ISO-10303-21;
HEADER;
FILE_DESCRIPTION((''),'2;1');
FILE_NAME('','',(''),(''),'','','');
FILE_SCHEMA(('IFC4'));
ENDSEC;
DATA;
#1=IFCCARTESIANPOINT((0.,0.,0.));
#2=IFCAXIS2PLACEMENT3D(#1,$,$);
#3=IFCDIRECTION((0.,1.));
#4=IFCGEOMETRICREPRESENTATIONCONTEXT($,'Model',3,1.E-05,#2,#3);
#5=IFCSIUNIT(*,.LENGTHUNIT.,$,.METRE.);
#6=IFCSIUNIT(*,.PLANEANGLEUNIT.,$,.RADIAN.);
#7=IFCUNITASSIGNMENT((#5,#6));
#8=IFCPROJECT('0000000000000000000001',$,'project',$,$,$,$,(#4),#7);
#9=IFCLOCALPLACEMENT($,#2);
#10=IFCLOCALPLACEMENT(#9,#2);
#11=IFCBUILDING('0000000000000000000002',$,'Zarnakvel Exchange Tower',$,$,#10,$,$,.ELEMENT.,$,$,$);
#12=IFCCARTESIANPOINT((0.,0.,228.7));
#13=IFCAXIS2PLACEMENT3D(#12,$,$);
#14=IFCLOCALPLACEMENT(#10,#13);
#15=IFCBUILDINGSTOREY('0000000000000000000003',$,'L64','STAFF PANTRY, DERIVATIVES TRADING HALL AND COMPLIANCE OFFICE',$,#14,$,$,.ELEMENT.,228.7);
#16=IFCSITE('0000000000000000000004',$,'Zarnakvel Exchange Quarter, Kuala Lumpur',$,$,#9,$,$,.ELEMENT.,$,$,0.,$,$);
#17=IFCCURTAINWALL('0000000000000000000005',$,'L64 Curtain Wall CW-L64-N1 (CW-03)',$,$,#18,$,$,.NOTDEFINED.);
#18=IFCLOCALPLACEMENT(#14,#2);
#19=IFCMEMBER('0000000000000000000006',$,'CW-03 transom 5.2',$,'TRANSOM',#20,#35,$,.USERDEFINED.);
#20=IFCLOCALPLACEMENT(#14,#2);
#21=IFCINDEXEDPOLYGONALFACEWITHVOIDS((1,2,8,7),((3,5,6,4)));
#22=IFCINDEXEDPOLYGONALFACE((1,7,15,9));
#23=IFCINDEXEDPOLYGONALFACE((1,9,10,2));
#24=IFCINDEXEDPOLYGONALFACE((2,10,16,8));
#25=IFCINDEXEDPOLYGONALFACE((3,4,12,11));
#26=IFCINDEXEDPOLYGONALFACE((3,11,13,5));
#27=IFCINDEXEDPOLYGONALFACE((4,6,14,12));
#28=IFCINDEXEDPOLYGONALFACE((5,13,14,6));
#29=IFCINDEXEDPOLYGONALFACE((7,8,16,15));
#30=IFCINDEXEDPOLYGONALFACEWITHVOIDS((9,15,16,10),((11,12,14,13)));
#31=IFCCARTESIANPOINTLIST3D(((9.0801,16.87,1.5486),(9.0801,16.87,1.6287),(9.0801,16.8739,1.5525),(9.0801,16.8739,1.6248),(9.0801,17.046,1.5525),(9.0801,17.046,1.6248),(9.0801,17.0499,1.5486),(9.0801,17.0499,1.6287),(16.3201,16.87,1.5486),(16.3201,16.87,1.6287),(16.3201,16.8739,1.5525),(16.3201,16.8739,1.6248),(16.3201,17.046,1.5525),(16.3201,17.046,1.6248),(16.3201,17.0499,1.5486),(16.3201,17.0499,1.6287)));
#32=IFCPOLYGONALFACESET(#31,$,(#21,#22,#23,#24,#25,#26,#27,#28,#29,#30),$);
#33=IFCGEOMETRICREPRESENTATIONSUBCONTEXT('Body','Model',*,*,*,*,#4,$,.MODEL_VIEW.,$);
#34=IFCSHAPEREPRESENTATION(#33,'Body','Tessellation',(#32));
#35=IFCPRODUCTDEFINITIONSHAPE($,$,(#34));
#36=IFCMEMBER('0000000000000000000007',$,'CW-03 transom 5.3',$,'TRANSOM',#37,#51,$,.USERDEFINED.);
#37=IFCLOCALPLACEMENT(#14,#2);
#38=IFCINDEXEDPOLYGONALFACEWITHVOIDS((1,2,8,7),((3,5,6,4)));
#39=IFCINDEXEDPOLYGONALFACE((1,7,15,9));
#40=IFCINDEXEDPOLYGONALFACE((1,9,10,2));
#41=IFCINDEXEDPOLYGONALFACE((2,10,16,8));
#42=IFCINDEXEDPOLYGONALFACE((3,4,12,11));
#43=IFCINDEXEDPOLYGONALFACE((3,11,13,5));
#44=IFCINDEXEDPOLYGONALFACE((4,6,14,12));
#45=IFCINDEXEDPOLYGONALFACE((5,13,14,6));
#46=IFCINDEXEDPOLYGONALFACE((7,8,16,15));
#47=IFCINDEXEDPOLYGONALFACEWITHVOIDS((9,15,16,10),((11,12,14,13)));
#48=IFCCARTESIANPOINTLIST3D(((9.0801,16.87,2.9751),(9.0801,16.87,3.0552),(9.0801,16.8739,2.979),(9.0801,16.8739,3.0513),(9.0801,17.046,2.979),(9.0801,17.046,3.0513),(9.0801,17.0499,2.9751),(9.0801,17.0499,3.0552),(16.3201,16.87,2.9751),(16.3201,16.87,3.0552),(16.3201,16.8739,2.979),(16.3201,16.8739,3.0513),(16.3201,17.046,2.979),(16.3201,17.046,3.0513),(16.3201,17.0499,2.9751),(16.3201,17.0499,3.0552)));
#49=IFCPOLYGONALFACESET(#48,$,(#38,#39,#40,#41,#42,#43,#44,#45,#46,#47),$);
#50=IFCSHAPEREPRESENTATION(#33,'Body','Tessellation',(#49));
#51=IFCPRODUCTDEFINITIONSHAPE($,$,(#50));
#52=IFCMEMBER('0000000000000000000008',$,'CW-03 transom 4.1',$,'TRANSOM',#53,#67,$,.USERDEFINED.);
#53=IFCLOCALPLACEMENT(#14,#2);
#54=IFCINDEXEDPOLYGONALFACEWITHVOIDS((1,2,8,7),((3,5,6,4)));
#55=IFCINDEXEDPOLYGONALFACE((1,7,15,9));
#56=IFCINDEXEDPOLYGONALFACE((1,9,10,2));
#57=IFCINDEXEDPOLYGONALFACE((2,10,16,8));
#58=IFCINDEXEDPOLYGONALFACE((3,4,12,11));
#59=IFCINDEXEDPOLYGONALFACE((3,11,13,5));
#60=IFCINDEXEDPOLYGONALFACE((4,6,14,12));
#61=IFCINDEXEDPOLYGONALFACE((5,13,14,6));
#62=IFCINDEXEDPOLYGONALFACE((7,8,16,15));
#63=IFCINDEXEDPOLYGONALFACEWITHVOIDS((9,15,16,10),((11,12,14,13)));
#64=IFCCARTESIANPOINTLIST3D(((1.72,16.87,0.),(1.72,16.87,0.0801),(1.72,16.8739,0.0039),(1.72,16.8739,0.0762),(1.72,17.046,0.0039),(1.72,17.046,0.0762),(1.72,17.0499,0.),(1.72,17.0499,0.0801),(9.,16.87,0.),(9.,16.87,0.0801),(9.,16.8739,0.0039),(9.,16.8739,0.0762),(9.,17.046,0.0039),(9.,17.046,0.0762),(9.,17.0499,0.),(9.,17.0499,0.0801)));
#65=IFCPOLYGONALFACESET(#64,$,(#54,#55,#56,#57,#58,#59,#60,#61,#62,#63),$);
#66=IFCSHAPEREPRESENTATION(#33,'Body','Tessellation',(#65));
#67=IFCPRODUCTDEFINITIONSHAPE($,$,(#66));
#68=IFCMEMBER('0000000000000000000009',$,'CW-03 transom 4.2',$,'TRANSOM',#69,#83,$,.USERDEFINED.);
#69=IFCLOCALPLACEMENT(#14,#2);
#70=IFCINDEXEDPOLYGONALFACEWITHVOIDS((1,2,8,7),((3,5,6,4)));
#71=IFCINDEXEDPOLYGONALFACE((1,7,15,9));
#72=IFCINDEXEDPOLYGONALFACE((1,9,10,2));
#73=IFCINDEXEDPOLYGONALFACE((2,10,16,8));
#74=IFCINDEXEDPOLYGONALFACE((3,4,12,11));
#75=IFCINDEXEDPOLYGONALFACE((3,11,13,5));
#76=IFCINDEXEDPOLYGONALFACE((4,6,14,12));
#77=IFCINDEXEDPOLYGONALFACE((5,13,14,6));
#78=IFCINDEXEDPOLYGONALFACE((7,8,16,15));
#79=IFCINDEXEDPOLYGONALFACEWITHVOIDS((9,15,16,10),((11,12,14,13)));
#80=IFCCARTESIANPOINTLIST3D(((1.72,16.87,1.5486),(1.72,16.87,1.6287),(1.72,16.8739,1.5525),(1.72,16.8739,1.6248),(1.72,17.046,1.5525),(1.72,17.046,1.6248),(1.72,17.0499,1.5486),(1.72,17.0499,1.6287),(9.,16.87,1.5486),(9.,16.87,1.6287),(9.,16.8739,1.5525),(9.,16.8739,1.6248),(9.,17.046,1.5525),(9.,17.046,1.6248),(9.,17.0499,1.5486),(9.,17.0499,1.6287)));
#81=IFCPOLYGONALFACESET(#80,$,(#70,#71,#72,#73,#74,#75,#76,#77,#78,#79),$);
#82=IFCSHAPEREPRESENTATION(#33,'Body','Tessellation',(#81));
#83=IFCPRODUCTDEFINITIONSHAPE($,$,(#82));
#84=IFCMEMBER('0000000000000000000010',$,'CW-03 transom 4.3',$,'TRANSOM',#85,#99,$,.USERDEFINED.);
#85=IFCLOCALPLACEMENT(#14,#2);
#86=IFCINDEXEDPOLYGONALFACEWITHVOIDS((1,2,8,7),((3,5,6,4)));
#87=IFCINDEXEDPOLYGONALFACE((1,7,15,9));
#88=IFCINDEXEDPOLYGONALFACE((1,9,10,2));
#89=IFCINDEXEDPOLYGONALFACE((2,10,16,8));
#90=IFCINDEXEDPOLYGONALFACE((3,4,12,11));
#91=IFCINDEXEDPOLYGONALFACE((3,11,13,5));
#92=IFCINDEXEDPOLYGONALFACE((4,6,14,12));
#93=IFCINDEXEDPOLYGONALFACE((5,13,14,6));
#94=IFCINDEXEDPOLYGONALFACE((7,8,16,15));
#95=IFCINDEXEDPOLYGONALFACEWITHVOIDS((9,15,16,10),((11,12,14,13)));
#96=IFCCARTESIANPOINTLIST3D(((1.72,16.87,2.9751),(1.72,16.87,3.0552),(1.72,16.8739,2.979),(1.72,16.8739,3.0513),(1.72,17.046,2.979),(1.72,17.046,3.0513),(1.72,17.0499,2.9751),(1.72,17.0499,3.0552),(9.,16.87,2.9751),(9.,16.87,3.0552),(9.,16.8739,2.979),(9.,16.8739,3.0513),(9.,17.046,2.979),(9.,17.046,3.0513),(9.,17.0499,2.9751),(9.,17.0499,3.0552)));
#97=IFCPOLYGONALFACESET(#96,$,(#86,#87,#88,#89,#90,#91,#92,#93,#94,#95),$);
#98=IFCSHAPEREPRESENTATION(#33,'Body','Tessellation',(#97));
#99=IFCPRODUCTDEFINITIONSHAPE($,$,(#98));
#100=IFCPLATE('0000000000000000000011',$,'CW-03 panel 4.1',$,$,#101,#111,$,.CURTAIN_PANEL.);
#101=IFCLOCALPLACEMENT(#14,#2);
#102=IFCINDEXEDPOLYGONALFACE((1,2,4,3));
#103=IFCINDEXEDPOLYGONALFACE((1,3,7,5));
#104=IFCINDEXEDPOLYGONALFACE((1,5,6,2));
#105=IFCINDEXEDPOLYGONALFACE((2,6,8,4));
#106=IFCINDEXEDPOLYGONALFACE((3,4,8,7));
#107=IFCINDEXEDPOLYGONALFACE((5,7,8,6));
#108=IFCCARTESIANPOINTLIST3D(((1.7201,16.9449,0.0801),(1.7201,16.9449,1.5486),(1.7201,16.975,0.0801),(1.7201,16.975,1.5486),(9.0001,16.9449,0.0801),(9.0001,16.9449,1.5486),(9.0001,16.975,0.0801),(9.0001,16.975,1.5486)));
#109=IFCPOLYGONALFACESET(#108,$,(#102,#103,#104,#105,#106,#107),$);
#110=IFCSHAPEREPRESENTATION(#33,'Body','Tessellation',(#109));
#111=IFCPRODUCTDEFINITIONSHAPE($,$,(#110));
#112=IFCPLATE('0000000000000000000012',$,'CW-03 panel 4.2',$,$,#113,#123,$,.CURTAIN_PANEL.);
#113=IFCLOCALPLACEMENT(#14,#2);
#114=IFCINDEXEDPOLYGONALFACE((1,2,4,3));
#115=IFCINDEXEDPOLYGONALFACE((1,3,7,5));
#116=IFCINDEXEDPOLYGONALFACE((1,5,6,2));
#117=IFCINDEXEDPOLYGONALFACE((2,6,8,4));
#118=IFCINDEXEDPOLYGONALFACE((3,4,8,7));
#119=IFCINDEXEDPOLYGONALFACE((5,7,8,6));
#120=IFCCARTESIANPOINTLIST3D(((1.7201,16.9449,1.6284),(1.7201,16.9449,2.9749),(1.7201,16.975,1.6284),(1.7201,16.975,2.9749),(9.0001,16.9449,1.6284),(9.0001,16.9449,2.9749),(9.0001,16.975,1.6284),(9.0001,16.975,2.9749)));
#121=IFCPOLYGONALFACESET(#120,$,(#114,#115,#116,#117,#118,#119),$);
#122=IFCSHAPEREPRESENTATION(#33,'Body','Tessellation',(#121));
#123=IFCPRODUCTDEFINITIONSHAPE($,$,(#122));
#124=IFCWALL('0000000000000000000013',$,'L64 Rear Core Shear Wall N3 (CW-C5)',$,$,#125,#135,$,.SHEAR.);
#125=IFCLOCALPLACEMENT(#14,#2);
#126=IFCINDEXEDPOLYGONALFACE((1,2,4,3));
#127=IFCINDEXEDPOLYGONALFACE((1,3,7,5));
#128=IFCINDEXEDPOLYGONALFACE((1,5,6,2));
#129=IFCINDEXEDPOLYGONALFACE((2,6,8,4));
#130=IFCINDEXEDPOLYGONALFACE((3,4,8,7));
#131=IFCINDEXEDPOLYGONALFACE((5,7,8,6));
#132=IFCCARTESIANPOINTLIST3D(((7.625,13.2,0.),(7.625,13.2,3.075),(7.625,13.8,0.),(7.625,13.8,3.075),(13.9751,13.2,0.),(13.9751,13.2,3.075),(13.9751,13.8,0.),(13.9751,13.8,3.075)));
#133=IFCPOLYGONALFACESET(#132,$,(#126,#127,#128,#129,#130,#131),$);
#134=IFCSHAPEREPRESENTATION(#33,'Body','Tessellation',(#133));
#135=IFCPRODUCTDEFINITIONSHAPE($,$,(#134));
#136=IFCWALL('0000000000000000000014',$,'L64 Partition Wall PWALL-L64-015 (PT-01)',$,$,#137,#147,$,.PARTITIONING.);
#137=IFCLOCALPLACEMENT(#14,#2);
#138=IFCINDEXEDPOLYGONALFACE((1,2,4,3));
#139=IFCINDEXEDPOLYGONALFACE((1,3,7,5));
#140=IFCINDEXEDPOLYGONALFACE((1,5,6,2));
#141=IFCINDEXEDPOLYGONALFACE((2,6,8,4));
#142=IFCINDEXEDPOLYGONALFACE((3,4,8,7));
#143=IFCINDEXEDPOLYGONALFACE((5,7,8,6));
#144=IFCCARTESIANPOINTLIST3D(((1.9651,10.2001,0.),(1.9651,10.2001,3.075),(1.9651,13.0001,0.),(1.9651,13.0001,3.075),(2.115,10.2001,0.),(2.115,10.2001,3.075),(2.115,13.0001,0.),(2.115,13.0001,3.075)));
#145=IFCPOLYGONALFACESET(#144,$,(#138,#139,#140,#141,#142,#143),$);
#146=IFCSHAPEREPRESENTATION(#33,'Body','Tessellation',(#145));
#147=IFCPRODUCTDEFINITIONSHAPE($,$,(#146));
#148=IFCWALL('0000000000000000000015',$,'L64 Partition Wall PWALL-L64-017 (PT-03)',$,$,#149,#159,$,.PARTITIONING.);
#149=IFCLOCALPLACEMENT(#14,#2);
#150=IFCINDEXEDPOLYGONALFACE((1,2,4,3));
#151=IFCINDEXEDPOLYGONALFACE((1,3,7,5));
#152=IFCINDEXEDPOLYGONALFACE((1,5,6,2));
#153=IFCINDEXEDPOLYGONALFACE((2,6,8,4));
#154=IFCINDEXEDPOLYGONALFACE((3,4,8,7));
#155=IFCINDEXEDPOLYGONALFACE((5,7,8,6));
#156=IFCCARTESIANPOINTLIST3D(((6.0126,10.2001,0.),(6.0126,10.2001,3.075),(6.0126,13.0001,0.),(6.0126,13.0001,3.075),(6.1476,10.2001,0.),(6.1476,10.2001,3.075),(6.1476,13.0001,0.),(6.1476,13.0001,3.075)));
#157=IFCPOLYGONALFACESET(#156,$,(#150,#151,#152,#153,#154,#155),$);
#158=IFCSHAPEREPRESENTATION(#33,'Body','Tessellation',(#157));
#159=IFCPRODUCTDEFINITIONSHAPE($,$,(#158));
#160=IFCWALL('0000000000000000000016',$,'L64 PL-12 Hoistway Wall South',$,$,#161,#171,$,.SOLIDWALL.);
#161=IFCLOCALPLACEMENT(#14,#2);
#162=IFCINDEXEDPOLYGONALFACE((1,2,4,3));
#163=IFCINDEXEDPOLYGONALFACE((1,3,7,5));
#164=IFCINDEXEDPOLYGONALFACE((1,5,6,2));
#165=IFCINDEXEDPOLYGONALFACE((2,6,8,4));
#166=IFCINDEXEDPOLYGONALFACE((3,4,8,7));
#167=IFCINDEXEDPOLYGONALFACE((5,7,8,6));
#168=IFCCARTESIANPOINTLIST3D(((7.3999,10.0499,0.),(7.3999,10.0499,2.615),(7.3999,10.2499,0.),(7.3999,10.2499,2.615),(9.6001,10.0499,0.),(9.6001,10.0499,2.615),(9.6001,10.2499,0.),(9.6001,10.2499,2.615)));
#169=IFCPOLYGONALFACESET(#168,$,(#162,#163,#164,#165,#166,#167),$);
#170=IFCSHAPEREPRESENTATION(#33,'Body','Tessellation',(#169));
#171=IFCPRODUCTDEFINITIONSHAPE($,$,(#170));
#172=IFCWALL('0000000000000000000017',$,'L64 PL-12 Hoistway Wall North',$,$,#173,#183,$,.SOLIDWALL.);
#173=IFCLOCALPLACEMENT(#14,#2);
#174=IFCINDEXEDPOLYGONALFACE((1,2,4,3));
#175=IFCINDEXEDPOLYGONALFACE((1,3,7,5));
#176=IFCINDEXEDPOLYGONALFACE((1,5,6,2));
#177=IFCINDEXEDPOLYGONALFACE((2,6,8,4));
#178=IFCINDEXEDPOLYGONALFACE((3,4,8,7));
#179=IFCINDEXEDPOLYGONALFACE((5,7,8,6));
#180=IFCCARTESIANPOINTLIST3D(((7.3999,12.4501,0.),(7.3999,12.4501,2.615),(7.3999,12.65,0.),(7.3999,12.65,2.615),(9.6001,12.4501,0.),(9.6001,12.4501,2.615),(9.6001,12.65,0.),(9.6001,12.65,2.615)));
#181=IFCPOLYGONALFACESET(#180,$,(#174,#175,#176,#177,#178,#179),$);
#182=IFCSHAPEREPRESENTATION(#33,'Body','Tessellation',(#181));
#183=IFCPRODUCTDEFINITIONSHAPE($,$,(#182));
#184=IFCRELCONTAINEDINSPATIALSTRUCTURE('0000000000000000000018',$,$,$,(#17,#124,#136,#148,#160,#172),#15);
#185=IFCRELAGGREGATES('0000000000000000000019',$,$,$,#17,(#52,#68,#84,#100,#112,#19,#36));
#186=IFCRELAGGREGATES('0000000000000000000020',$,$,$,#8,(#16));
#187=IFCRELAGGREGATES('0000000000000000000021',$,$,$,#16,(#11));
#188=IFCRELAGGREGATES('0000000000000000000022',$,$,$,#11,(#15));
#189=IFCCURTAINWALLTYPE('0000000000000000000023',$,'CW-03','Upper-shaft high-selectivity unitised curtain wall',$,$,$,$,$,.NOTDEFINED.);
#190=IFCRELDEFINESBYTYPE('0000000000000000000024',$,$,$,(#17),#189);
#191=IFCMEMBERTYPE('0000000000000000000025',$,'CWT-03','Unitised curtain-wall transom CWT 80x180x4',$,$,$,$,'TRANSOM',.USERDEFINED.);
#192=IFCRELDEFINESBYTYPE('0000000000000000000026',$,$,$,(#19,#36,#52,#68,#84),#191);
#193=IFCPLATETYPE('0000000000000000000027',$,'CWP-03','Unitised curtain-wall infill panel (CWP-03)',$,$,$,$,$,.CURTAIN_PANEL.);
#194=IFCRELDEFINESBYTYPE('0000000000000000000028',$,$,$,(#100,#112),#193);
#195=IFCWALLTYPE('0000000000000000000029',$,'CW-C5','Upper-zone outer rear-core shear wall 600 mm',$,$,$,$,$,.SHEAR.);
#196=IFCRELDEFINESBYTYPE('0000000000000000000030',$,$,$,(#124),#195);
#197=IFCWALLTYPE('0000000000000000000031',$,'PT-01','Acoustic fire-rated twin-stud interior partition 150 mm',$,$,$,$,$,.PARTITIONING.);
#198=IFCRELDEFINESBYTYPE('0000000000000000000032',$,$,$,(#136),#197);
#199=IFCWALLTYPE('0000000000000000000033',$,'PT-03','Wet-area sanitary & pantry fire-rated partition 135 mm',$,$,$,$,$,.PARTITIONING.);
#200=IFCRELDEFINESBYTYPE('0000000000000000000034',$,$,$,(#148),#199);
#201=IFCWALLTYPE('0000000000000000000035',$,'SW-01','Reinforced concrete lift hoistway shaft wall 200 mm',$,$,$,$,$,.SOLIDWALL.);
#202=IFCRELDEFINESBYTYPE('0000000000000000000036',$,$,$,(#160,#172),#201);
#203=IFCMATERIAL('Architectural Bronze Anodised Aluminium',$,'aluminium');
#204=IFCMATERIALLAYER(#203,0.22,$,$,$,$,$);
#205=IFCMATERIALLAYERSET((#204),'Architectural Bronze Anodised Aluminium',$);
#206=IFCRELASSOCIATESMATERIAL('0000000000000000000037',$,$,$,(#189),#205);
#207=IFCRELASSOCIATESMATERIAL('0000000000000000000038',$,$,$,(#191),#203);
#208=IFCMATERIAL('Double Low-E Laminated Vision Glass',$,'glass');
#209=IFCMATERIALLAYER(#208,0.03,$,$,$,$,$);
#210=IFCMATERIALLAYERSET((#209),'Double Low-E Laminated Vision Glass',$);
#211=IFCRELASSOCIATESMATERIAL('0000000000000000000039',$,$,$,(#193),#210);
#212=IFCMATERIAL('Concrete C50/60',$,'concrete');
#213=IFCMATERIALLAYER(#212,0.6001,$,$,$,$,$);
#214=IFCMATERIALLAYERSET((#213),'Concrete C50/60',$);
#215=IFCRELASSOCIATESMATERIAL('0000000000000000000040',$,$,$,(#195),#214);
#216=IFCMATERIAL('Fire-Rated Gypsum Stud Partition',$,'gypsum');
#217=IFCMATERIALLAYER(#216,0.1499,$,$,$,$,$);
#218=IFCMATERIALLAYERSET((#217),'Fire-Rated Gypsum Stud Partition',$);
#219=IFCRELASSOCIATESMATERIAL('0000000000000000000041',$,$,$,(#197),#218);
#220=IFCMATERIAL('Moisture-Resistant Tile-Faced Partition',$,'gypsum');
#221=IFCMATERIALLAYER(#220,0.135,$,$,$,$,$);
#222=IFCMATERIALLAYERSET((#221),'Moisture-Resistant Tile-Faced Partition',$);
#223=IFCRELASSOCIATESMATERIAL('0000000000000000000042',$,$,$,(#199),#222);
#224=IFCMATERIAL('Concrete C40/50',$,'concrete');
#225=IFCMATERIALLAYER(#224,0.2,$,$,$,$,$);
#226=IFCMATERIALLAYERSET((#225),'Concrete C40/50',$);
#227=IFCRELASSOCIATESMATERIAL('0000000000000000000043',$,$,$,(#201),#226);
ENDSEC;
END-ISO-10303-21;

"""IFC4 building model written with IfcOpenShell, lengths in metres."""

from ifc_helpers import new_model, si_unit, direction, frame, frame_2d, origin, origin_2d, place, context, subcontext, project, spatial, rectangle, hollow_rectangle, extrude, source, transform, mapped, material, layer, layer_set, material_profile, profile_set, type_object, element, aggregate, save


model = new_model("IFC4")

# Units and contexts
model_context = context("Model", 3, precision=1e-05, world=origin(), true_north=direction((0.0, 1.0)))
body_context = subcontext(model_context, "Body", "Model", "MODEL_VIEW")
ifc_project = project(units=[si_unit("LENGTHUNIT", "METRE"), si_unit("PLANEANGLEUNIT", "RADIAN")], contexts=[model_context])

# Site, building, storey
site_placement = place(None, origin())
site = spatial("IfcSite", under=ifc_project, at=site_placement, Name="Zarnakvel Exchange Quarter, Kuala Lumpur", CompositionType="ELEMENT", RefElevation=0.0)
building_placement = place(site_placement, origin())
building = spatial("IfcBuilding", under=site, at=building_placement, Name="Zarnakvel Exchange Tower", CompositionType="ELEMENT")
storey_placement = place(building_placement, frame((0.0, 0.0, 228.7)))
storey = spatial("IfcBuildingStorey", under=building, at=storey_placement, Name="L64", Description="STAFF PANTRY, DERIVATIVES TRADING HALL AND COMPLIANCE OFFICE", CompositionType="ELEMENT", Elevation=228.7)

# Shared definitions
ifc_material_1 = material(Name="Concrete C50/60", Category="concrete")

# Curtain wall, members, plates
ifc_material_2 = material(Name="Architectural Bronze Anodised Aluminium", Category="aluminium")
ifc_layer_1 = layer(ifc_material_2, 0.22)
ifc_layer_set_1 = layer_set([ifc_layer_1], Name="Architectural Bronze Anodised Aluminium")
curtain_wall_type = type_object("IfcCurtainWallType", Name="CW-03", Description="Upper-shaft high-selectivity unitised curtain wall", PredefinedType="NOTDEFINED", material=ifc_layer_set_1)
curtain_wall_placement = place(storey_placement, origin())
curtain_wall = element("IfcCurtainWall", 1, at=curtain_wall_placement, inside=storey, type_object=curtain_wall_type, Name="L64 Curtain Wall CW-L64-N1 (CW-03)", PredefinedType="NOTDEFINED")
ifc_material_profile_1 = material_profile(ifc_material_2, hollow_rectangle(XDim=0.1799, YDim=0.0801, WallThickness=0.0039, at=origin_2d()))
ifc_profile_set_1 = profile_set([ifc_material_profile_1], Name="Architectural Bronze Anodised Aluminium")
member_type_1 = type_object("IfcMemberType", Name="CWT-03", Description="Unitised curtain-wall transom CWT 80x180x4", ElementType="TRANSOM", PredefinedType="USERDEFINED", material=ifc_profile_set_1)
shared_shape_1 = source(origin(), body_context, "Body", "SweptSolid", [
    extrude(hollow_rectangle(XDim=0.1799, YDim=0.0801, WallThickness=0.0039, at=origin_2d()), origin(), (0.0, 0.0, 1.0), 7.24),
])
member_1_placement = place(storey_placement, frame((9.0801, 16.96, 1.5886), z_axis=(1.0, 0.0, 0.0), x_axis=(0.0, 1.0, 0.0)))
member_1 = element("IfcMember", 2, at=member_1_placement, type_object=member_type_1, Name="CW-03 transom 5.2", ObjectType="TRANSOM", PredefinedType="USERDEFINED", context=body_context, shape_type="MappedRepresentation", body=[
    mapped(shared_shape_1, transform((0.0, 0.0, 0.0), x_axis=(1.0, 0.0, 0.0), y_axis=(0.0, 1.0, 0.0), z_axis=(0.0, 0.0, 1.0), scale=1.0)),
])
member_2_placement = place(storey_placement, frame((9.0801, 16.96, 3.0151), z_axis=(1.0, 0.0, 0.0), x_axis=(0.0, 1.0, 0.0)))
member_2 = element("IfcMember", 3, at=member_2_placement, type_object=member_type_1, Name="CW-03 transom 5.3", ObjectType="TRANSOM", PredefinedType="USERDEFINED", context=body_context, shape_type="MappedRepresentation", body=[
    mapped(shared_shape_1, transform((0.0, 0.0, 0.0), x_axis=(1.0, 0.0, 0.0), y_axis=(0.0, 1.0, 0.0), z_axis=(0.0, 0.0, 1.0), scale=1.0)),
])
shared_shape_2 = source(origin(), body_context, "Body", "SweptSolid", [
    extrude(hollow_rectangle(XDim=0.1799, YDim=0.0801, WallThickness=0.0039, at=origin_2d()), origin(), (0.0, 0.0, 1.0), 7.28),
])
member_3_placement = place(storey_placement, frame((1.72, 16.96, 0.04), z_axis=(1.0, 0.0, 0.0), x_axis=(0.0, 1.0, 0.0)))
member_3 = element("IfcMember", 4, at=member_3_placement, type_object=member_type_1, Name="CW-03 transom 4.1", ObjectType="TRANSOM", PredefinedType="USERDEFINED", context=body_context, shape_type="MappedRepresentation", body=[
    mapped(shared_shape_2, transform((0.0, 0.0, 0.0), x_axis=(1.0, 0.0, 0.0), y_axis=(0.0, 1.0, 0.0), z_axis=(0.0, 0.0, 1.0), scale=1.0)),
])
member_4_placement = place(storey_placement, frame((1.72, 16.96, 1.5886), z_axis=(1.0, 0.0, 0.0), x_axis=(0.0, 1.0, 0.0)))
member_4 = element("IfcMember", 5, at=member_4_placement, type_object=member_type_1, Name="CW-03 transom 4.2", ObjectType="TRANSOM", PredefinedType="USERDEFINED", context=body_context, shape_type="MappedRepresentation", body=[
    mapped(shared_shape_2, transform((0.0, 0.0, 0.0), x_axis=(1.0, 0.0, 0.0), y_axis=(0.0, 1.0, 0.0), z_axis=(0.0, 0.0, 1.0), scale=1.0)),
])
member_5_placement = place(storey_placement, frame((1.72, 16.96, 3.0151), z_axis=(1.0, 0.0, 0.0), x_axis=(0.0, 1.0, 0.0)))
member_5 = element("IfcMember", 6, at=member_5_placement, type_object=member_type_1, Name="CW-03 transom 4.3", ObjectType="TRANSOM", PredefinedType="USERDEFINED", context=body_context, shape_type="MappedRepresentation", body=[
    mapped(shared_shape_2, transform((0.0, 0.0, 0.0), x_axis=(1.0, 0.0, 0.0), y_axis=(0.0, 1.0, 0.0), z_axis=(0.0, 0.0, 1.0), scale=1.0)),
])
ifc_material_3 = material(Name="Double Low-E Laminated Vision Glass", Category="glass")
ifc_layer_2 = layer(ifc_material_3, 0.03)
ifc_layer_set_2 = layer_set([ifc_layer_2], Name="Double Low-E Laminated Vision Glass")
plate_type = type_object("IfcPlateType", Name="CWP-03", Description="Unitised curtain-wall infill panel (CWP-03)", PredefinedType="CURTAIN_PANEL", material=ifc_layer_set_2)
shared_shape_3 = source(origin(), body_context, "Body", "SweptSolid", [
    extrude(rectangle(XDim=7.28, YDim=0.03, at=origin_2d()), origin(), (0.0, 0.0, 1.0), 1.4685),
])
plate_1_placement = place(storey_placement, frame((5.3601, 16.96, 0.0801), z_axis=(0.0, 0.0, 1.0), x_axis=(1.0, 0.0, 0.0)))
plate_1 = element("IfcPlate", 7, at=plate_1_placement, type_object=plate_type, Name="CW-03 panel 4.1", PredefinedType="CURTAIN_PANEL", context=body_context, shape_type="MappedRepresentation", body=[
    mapped(shared_shape_3, transform((0.0, 0.0, 0.0), x_axis=(1.0, 0.0, 0.0), y_axis=(0.0, 1.0, 0.0), z_axis=(0.0, 0.0, 1.0), scale=1.0)),
])
shared_shape_4 = source(origin(), body_context, "Body", "SweptSolid", [
    extrude(rectangle(XDim=7.28, YDim=0.03, at=origin_2d()), origin(), (0.0, 0.0, 1.0), 1.3464),
])
plate_2_placement = place(storey_placement, frame((5.3601, 16.96, 1.6284), z_axis=(0.0, 0.0, 1.0), x_axis=(1.0, 0.0, 0.0)))
plate_2 = element("IfcPlate", 8, at=plate_2_placement, type_object=plate_type, Name="CW-03 panel 4.2", PredefinedType="CURTAIN_PANEL", context=body_context, shape_type="MappedRepresentation", body=[
    mapped(shared_shape_4, transform((0.0, 0.0, 0.0), x_axis=(1.0, 0.0, 0.0), y_axis=(0.0, 1.0, 0.0), z_axis=(0.0, 0.0, 1.0), scale=1.0)),
])
aggregate(curtain_wall, [member_3, member_4, member_5, plate_1, plate_2, member_1, member_2])

# Wall
ifc_layer_3 = layer(ifc_material_1, 0.6001)
ifc_layer_set_3 = layer_set([ifc_layer_3], Name="Concrete C50/60")
wall_type_1 = type_object("IfcWallType", Name="CW-C5", Description="Upper-zone outer rear-core shear wall 600 mm", PredefinedType="SHEAR", material=ifc_layer_set_3)
wall_1_placement = place(storey_placement, frame((7.625, 13.5, 0.0), z_axis=(0.0, 0.0, 1.0), x_axis=(1.0, 0.0, 0.0)))
element("IfcWall", 9, at=wall_1_placement, inside=storey, type_object=wall_type_1, Name="L64 Rear Core Shear Wall N3 (CW-C5)", PredefinedType="SHEAR", context=body_context, shape_type="SweptSolid", body=[
    extrude(rectangle(XDim=6.3501, YDim=0.6001, at=frame_2d((3.175, 0.0))), origin(), (0.0, 0.0, 1.0), 3.075),
])

# Shared definitions
ifc_material_4 = material(Name="Fire-Rated Gypsum Stud Partition", Category="gypsum")
ifc_layer_4 = layer(ifc_material_4, 0.1499)
ifc_layer_set_4 = layer_set([ifc_layer_4], Name="Fire-Rated Gypsum Stud Partition")
wall_type_2 = type_object("IfcWallType", Name="PT-01", Description="Acoustic fire-rated twin-stud interior partition 150 mm", PredefinedType="PARTITIONING", material=ifc_layer_set_4)

# Wall
wall_2_placement = place(storey_placement, frame((2.04, 13.0, 0.0), z_axis=(0.0, 0.0, 1.0), x_axis=(0.0, -1.0, 0.0)))
element("IfcWall", 10, at=wall_2_placement, inside=storey, type_object=wall_type_2, Name="L64 Partition Wall PWALL-L64-015 (PT-01)", PredefinedType="PARTITIONING", context=body_context, shape_type="SweptSolid", body=[
    extrude(rectangle(XDim=2.8, YDim=0.1499, at=frame_2d((1.3999, 0.0))), origin(), (0.0, 0.0, 1.0), 3.075),
])

# Shared definitions
ifc_material_5 = material(Name="Moisture-Resistant Tile-Faced Partition", Category="gypsum")
ifc_layer_5 = layer(ifc_material_5, 0.135)
ifc_layer_set_5 = layer_set([ifc_layer_5], Name="Moisture-Resistant Tile-Faced Partition")
wall_type_3 = type_object("IfcWallType", Name="PT-03", Description="Wet-area sanitary & pantry fire-rated partition 135 mm", PredefinedType="PARTITIONING", material=ifc_layer_set_5)

# Walls
wall_3_placement = place(storey_placement, frame((6.0801, 13.0, 0.0), z_axis=(0.0, 0.0, 1.0), x_axis=(0.0, -1.0, 0.0)))
element("IfcWall", 11, at=wall_3_placement, inside=storey, type_object=wall_type_3, Name="L64 Partition Wall PWALL-L64-017 (PT-03)", PredefinedType="PARTITIONING", context=body_context, shape_type="SweptSolid", body=[
    extrude(rectangle(XDim=2.8, YDim=0.135, at=frame_2d((1.3999, 0.0))), origin(), (0.0, 0.0, 1.0), 3.075),
])
ifc_material_6 = material(Name="Concrete C40/50", Category="concrete")
ifc_layer_6 = layer(ifc_material_6, 0.2)
ifc_layer_set_6 = layer_set([ifc_layer_6], Name="Concrete C40/50")
wall_type_4 = type_object("IfcWallType", Name="SW-01", Description="Reinforced concrete lift hoistway shaft wall 200 mm", PredefinedType="SOLIDWALL", material=ifc_layer_set_6)
for number, where, z_axis, x_axis, name in (
    (12, (9.6001, 10.1499, 0.0), (0.0, 0.0, 1.0), (-1.0, 0.0, 0.0), "L64 PL-12 Hoistway Wall South"),
    (13, (7.3999, 12.55, 0.0), (0.0, 0.0, 1.0), (1.0, 0.0, 0.0), "L64 PL-12 Hoistway Wall North"),
):
    element("IfcWall", number, at=place(storey_placement, frame(where, z_axis=z_axis, x_axis=x_axis)), inside=storey, type_object=wall_type_4, Name=name, PredefinedType="SOLIDWALL", context=body_context, shape_type="SweptSolid", body=[
        extrude(rectangle(XDim=2.2002, YDim=0.2, at=frame_2d((1.1001, 0.0))), origin(), (0.0, 0.0, 1.0), 2.615),
    ])

save(model, "model.ifc")
